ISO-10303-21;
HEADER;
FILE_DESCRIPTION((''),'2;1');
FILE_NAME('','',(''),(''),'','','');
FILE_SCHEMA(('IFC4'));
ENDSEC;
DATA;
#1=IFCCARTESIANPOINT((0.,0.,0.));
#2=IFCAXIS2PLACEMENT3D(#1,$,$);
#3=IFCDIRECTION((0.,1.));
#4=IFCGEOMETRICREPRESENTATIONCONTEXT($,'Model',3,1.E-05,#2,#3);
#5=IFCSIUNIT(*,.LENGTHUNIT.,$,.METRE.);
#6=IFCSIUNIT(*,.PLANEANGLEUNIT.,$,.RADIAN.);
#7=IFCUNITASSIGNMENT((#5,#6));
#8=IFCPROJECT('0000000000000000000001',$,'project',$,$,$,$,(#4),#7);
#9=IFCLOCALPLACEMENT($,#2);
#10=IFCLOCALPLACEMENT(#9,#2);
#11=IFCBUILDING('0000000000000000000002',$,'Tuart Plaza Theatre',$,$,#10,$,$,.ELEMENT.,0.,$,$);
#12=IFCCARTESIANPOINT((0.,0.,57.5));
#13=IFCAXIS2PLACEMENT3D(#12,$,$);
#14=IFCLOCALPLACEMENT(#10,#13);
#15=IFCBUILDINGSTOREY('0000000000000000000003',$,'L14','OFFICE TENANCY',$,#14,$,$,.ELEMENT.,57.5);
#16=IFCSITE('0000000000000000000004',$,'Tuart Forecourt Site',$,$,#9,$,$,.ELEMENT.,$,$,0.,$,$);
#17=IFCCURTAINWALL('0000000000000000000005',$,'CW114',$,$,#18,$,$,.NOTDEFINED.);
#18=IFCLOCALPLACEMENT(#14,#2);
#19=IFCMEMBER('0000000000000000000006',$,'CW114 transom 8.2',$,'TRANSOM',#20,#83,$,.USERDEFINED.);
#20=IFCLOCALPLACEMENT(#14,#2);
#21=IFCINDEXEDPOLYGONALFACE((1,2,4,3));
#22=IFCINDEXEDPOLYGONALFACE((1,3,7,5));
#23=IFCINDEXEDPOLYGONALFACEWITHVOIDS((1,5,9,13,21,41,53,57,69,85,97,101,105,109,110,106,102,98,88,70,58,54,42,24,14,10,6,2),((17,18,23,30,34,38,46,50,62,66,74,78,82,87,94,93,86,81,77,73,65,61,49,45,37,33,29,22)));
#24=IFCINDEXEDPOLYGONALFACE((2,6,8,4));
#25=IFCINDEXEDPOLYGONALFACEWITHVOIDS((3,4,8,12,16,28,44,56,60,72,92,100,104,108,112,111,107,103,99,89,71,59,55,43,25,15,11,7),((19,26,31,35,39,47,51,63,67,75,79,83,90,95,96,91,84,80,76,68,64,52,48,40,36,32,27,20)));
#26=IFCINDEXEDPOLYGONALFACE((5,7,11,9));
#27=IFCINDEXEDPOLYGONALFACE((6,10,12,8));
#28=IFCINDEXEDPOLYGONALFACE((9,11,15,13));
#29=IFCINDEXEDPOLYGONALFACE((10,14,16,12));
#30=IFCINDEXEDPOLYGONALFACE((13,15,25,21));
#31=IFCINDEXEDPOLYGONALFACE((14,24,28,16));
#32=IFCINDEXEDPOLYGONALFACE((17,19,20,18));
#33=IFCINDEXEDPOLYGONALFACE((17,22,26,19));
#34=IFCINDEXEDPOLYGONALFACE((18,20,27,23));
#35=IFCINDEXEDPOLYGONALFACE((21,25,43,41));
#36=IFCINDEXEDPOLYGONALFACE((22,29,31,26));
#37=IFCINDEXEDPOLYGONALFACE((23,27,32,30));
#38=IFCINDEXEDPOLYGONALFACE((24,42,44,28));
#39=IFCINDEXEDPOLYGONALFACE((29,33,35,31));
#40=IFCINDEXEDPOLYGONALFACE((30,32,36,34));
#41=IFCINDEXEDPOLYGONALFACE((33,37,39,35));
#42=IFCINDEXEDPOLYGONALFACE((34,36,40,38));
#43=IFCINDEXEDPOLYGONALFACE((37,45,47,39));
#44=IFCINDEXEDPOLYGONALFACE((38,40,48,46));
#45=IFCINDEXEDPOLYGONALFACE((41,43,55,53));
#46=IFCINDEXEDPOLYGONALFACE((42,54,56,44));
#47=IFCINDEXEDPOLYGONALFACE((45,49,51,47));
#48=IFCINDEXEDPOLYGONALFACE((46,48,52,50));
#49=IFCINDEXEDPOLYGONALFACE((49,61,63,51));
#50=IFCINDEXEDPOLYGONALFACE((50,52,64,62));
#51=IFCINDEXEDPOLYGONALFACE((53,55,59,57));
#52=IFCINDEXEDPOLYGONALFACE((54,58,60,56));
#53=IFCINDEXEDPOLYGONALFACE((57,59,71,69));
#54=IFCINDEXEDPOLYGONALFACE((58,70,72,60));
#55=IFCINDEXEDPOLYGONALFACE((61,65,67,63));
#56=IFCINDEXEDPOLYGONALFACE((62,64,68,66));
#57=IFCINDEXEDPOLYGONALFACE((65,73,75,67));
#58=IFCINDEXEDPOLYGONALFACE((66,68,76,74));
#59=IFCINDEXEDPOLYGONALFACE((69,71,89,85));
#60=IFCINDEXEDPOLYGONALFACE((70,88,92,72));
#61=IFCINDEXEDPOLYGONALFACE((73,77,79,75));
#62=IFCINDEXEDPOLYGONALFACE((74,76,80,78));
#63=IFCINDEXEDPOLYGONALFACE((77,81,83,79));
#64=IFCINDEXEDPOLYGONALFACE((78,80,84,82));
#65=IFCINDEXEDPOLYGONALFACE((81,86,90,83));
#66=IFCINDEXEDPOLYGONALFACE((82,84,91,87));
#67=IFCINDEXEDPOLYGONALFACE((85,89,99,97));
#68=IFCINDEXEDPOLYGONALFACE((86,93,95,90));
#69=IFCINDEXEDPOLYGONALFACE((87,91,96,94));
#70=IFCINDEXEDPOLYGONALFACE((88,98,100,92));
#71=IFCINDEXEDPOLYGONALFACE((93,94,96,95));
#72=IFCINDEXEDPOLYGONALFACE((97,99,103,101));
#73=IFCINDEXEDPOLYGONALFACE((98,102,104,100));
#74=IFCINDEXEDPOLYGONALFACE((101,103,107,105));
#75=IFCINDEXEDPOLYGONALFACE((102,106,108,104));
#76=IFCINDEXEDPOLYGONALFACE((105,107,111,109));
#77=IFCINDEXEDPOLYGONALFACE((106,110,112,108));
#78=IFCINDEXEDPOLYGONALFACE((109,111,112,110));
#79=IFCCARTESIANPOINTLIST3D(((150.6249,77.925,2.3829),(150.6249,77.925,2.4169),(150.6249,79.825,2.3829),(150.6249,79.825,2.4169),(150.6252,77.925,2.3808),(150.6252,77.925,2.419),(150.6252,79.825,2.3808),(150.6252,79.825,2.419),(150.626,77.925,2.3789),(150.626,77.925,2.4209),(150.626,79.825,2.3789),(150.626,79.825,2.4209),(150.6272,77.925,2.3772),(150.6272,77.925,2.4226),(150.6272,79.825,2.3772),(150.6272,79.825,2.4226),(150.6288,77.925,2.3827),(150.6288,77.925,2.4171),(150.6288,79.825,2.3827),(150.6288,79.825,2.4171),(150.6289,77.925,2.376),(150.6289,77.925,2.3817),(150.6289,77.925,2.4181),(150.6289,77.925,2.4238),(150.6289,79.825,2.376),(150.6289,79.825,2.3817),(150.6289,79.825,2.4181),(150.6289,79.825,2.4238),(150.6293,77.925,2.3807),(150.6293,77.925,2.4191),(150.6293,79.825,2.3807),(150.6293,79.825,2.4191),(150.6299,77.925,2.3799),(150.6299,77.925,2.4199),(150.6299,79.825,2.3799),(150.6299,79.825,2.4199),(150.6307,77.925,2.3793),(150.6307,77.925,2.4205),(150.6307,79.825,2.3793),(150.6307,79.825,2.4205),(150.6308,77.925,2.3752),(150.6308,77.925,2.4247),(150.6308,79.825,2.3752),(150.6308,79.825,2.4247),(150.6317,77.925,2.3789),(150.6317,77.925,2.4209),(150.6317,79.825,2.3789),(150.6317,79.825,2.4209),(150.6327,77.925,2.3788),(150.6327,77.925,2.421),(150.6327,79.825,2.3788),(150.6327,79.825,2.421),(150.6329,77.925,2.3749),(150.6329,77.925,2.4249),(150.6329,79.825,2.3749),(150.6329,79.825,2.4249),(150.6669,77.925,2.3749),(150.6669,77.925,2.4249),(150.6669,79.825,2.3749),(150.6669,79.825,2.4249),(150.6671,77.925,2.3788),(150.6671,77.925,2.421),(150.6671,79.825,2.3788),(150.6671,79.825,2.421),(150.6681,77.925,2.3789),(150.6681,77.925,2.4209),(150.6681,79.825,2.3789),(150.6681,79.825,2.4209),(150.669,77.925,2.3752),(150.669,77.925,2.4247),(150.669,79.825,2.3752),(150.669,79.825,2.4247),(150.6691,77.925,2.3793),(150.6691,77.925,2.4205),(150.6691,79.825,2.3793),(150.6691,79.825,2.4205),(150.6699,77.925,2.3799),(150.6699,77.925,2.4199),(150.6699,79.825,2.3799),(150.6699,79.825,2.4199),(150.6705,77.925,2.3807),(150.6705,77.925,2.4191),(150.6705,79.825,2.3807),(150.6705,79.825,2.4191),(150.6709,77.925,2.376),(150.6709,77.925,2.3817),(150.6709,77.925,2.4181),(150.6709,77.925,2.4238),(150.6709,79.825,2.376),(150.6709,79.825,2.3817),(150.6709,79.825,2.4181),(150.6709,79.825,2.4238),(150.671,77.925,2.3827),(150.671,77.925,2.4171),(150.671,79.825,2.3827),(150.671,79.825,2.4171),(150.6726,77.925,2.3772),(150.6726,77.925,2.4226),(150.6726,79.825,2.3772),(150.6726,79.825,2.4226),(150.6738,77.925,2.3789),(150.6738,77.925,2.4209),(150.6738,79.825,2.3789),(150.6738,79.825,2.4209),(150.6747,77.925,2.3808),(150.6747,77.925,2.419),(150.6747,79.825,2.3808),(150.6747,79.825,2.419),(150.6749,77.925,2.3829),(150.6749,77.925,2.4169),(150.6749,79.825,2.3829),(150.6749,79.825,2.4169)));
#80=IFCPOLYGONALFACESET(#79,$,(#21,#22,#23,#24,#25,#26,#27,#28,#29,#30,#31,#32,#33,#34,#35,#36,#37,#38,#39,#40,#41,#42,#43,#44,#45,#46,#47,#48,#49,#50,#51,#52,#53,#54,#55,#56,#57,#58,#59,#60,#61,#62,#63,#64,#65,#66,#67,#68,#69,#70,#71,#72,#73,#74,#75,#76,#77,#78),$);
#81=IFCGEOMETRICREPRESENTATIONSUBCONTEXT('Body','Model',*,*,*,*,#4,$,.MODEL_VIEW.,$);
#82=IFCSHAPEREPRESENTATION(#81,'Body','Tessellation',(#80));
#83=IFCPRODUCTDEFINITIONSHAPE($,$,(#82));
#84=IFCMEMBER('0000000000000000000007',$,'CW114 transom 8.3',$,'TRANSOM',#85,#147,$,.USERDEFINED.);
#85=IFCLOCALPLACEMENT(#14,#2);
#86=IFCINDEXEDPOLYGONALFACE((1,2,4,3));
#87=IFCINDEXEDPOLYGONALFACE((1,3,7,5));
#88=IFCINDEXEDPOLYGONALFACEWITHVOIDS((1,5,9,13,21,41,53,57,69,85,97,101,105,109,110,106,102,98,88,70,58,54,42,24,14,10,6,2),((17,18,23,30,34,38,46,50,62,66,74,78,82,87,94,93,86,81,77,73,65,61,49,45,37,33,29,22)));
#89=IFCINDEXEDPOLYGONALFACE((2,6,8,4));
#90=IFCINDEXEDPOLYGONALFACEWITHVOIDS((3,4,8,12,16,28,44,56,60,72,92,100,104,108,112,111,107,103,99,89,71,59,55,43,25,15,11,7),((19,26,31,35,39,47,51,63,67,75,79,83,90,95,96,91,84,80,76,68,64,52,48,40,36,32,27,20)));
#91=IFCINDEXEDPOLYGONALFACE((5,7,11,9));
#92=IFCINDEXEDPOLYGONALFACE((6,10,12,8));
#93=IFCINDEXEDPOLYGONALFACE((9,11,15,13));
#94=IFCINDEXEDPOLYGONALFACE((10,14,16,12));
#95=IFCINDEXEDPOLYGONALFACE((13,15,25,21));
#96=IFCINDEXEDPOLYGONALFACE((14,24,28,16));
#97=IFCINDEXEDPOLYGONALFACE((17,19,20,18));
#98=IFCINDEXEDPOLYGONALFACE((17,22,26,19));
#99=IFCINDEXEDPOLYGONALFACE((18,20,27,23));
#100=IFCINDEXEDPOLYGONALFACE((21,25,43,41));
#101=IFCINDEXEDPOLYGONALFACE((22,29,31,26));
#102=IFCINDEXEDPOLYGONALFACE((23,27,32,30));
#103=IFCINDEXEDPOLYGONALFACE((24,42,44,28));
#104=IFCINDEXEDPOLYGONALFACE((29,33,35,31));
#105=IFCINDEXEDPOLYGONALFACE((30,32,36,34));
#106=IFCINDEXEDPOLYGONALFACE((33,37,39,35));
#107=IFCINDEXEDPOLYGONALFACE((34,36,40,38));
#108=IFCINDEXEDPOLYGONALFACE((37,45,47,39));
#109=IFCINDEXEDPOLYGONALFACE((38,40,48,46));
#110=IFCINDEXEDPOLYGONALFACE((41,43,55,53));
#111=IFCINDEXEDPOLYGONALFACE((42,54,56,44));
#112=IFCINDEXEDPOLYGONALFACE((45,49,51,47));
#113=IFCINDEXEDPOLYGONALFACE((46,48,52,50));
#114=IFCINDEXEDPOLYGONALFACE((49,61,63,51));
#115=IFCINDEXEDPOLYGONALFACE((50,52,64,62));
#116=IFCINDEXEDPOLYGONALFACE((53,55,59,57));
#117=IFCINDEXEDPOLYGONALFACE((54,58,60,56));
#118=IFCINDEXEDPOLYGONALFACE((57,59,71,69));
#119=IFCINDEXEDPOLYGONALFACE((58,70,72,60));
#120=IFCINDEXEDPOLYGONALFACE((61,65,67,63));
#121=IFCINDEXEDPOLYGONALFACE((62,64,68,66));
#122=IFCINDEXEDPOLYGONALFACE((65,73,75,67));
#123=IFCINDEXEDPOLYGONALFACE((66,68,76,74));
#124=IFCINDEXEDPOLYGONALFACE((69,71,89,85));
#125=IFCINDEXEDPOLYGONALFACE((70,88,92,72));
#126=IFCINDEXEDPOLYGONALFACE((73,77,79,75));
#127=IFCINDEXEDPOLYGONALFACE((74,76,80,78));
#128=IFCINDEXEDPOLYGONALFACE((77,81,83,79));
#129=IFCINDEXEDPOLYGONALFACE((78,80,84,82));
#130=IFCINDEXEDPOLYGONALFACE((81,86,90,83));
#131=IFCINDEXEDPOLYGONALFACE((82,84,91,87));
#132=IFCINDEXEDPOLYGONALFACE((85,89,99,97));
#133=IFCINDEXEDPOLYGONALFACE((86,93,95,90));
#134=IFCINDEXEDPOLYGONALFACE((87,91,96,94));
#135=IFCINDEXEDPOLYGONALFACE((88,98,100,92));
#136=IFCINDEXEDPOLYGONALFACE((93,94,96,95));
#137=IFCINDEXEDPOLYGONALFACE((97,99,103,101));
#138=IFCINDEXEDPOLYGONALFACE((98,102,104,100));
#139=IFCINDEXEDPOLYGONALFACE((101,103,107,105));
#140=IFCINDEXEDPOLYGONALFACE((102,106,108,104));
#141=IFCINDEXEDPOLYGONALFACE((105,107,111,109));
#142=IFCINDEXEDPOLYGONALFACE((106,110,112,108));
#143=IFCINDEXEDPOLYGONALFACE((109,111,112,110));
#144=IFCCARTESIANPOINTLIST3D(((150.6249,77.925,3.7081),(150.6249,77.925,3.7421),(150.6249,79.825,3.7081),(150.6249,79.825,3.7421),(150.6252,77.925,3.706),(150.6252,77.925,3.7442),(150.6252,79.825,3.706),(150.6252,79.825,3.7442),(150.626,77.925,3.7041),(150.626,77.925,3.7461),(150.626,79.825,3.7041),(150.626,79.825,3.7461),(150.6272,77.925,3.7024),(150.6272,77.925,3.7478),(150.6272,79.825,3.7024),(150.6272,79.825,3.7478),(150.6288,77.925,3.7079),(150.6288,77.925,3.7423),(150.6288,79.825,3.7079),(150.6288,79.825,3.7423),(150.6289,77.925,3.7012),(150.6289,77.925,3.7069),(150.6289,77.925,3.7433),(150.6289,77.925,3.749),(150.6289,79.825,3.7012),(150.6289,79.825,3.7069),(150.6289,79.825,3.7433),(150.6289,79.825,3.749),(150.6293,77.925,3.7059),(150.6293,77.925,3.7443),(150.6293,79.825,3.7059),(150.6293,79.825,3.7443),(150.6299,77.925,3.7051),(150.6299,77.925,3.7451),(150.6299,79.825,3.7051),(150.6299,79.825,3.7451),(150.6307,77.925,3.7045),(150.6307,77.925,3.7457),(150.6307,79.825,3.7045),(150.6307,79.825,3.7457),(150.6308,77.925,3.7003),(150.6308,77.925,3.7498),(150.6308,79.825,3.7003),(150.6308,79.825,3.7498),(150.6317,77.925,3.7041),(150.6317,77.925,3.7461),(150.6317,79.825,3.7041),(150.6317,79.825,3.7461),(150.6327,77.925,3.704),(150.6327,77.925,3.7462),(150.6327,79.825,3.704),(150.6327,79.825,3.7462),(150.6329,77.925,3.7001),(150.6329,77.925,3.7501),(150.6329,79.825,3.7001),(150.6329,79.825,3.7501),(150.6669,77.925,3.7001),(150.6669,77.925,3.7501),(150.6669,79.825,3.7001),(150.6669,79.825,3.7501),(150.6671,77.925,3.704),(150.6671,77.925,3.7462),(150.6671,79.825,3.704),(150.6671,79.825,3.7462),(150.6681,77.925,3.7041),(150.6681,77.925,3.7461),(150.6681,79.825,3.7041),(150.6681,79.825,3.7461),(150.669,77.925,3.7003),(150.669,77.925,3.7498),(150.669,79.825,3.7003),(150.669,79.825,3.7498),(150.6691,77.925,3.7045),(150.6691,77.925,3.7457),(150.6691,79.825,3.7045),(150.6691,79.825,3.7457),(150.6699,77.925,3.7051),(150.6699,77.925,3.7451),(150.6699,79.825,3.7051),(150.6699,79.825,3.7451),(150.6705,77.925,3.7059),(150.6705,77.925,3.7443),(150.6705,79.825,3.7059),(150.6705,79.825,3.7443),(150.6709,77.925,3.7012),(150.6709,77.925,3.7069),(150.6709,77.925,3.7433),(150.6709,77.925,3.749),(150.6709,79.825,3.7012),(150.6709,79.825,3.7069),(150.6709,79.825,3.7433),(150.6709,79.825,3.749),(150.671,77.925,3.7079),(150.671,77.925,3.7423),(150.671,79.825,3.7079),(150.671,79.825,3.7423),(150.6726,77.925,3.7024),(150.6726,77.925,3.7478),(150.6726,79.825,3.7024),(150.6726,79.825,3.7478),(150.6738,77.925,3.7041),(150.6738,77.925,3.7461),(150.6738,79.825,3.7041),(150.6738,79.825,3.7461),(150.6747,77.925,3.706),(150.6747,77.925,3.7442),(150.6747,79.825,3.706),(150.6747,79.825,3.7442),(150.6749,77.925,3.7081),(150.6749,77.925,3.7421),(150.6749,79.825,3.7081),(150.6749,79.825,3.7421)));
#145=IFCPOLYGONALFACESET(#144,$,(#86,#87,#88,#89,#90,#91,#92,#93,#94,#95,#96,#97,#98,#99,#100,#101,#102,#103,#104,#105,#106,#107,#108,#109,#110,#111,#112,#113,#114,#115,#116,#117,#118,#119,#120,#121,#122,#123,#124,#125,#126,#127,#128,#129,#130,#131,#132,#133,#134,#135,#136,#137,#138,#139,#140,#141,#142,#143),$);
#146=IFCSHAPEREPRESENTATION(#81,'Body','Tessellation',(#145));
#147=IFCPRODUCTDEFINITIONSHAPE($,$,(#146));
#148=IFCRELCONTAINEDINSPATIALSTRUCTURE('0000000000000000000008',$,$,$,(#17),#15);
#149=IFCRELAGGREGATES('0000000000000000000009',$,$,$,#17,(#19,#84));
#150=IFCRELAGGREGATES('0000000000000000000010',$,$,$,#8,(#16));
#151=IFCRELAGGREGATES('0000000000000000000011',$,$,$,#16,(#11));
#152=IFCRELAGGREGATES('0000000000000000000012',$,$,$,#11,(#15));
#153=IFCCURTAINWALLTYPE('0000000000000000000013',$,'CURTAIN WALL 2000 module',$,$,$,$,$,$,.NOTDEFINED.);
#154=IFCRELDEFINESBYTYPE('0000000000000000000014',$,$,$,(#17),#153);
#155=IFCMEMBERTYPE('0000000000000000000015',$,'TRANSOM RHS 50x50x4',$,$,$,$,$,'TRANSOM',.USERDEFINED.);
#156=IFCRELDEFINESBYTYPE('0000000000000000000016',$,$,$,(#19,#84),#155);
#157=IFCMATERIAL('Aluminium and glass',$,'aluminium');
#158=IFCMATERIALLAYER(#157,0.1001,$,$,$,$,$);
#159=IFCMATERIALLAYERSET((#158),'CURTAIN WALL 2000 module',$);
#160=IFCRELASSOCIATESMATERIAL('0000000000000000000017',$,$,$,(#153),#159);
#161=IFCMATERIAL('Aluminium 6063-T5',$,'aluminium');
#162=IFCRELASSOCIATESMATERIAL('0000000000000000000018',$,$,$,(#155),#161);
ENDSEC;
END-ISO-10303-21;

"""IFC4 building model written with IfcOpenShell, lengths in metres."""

from ifc_helpers import new_model, si_unit, direction, frame, origin, origin_2d, place, context, subcontext, project, spatial, hollow_rectangle, extrude, material, layer, layer_set, material_profile, profile_set, type_object, element, aggregate, save


model = new_model("IFC4")

# Units and contexts
model_context = context("Model", 3, precision=1e-05, world=origin(), true_north=direction((0.0, 1.0)))
body_context = subcontext(model_context, "Body", "Model", "MODEL_VIEW")
ifc_project = project(units=[si_unit("LENGTHUNIT", "METRE"), si_unit("PLANEANGLEUNIT", "RADIAN")], contexts=[model_context])

# Site, building, storey
site_placement = place(None, origin())
site = spatial("IfcSite", under=ifc_project, at=site_placement, Name="Tuart Forecourt Site", CompositionType="ELEMENT", RefElevation=0.0)
building_placement = place(site_placement, origin())
building = spatial("IfcBuilding", under=site, at=building_placement, Name="Tuart Plaza Theatre", CompositionType="ELEMENT", ElevationOfRefHeight=0.0)
storey_placement = place(building_placement, frame((0.0, 0.0, 57.5)))
storey = spatial("IfcBuildingStorey", under=building, at=storey_placement, Name="L14", Description="OFFICE TENANCY", CompositionType="ELEMENT", Elevation=57.5)

# Curtain wall, members
ifc_material_1 = material(Name="Aluminium and glass", Category="aluminium")
ifc_layer_1 = layer(ifc_material_1, 0.1001)
ifc_layer_set_1 = layer_set([ifc_layer_1], Name="CURTAIN WALL 2000 module")
curtain_wall_type = type_object("IfcCurtainWallType", Name="CURTAIN WALL 2000 module", PredefinedType="NOTDEFINED", material=ifc_layer_set_1)
curtain_wall_placement = place(storey_placement, origin())
curtain_wall = element("IfcCurtainWall", 1, at=curtain_wall_placement, inside=storey, type_object=curtain_wall_type, Name="CW114", PredefinedType="NOTDEFINED")
ifc_material_2 = material(Name="Aluminium 6063-T5", Category="aluminium")
ifc_material_profile_1 = material_profile(ifc_material_2, hollow_rectangle(XDim=0.05, YDim=0.05, WallThickness=0.0039, InnerFilletRadius=0.0039, OuterFilletRadius=0.0081, at=origin_2d()), Name="RHS 50x50x4")
ifc_profile_set_1 = profile_set([ifc_material_profile_1], Name="Aluminium 6063-T5")
member_type_1 = type_object("IfcMemberType", Name="TRANSOM RHS 50x50x4", ElementType="TRANSOM", PredefinedType="USERDEFINED", material=ifc_profile_set_1)
member_1_placement = place(storey_placement, frame((150.6499, 77.925, 2.3999), z_axis=(0.0, 1.0, 0.0), x_axis=(-1.0, 0.0, 0.0)))
member_1 = element("IfcMember", 2, at=member_1_placement, type_object=member_type_1, Name="CW114 transom 8.2", ObjectType="TRANSOM", PredefinedType="USERDEFINED", context=body_context, shape_type="SweptSolid", body=[
    extrude(hollow_rectangle(XDim=0.05, YDim=0.05, WallThickness=0.0039, InnerFilletRadius=0.0039, OuterFilletRadius=0.0081, at=origin_2d()), origin(), (0.0, 0.0, 1.0), 1.8999),
])
member_2_placement = place(storey_placement, frame((150.6499, 77.925, 3.7251), z_axis=(0.0, 1.0, 0.0), x_axis=(-1.0, 0.0, 0.0)))
member_2 = element("IfcMember", 3, at=member_2_placement, type_object=member_type_1, Name="CW114 transom 8.3", ObjectType="TRANSOM", PredefinedType="USERDEFINED", context=body_context, shape_type="SweptSolid", body=[
    extrude(hollow_rectangle(XDim=0.05, YDim=0.05, WallThickness=0.0039, InnerFilletRadius=0.0039, OuterFilletRadius=0.0081, at=origin_2d()), origin(), (0.0, 0.0, 1.0), 1.8999),
])
aggregate(curtain_wall, [member_1, member_2])

save(model, "model.ifc")
